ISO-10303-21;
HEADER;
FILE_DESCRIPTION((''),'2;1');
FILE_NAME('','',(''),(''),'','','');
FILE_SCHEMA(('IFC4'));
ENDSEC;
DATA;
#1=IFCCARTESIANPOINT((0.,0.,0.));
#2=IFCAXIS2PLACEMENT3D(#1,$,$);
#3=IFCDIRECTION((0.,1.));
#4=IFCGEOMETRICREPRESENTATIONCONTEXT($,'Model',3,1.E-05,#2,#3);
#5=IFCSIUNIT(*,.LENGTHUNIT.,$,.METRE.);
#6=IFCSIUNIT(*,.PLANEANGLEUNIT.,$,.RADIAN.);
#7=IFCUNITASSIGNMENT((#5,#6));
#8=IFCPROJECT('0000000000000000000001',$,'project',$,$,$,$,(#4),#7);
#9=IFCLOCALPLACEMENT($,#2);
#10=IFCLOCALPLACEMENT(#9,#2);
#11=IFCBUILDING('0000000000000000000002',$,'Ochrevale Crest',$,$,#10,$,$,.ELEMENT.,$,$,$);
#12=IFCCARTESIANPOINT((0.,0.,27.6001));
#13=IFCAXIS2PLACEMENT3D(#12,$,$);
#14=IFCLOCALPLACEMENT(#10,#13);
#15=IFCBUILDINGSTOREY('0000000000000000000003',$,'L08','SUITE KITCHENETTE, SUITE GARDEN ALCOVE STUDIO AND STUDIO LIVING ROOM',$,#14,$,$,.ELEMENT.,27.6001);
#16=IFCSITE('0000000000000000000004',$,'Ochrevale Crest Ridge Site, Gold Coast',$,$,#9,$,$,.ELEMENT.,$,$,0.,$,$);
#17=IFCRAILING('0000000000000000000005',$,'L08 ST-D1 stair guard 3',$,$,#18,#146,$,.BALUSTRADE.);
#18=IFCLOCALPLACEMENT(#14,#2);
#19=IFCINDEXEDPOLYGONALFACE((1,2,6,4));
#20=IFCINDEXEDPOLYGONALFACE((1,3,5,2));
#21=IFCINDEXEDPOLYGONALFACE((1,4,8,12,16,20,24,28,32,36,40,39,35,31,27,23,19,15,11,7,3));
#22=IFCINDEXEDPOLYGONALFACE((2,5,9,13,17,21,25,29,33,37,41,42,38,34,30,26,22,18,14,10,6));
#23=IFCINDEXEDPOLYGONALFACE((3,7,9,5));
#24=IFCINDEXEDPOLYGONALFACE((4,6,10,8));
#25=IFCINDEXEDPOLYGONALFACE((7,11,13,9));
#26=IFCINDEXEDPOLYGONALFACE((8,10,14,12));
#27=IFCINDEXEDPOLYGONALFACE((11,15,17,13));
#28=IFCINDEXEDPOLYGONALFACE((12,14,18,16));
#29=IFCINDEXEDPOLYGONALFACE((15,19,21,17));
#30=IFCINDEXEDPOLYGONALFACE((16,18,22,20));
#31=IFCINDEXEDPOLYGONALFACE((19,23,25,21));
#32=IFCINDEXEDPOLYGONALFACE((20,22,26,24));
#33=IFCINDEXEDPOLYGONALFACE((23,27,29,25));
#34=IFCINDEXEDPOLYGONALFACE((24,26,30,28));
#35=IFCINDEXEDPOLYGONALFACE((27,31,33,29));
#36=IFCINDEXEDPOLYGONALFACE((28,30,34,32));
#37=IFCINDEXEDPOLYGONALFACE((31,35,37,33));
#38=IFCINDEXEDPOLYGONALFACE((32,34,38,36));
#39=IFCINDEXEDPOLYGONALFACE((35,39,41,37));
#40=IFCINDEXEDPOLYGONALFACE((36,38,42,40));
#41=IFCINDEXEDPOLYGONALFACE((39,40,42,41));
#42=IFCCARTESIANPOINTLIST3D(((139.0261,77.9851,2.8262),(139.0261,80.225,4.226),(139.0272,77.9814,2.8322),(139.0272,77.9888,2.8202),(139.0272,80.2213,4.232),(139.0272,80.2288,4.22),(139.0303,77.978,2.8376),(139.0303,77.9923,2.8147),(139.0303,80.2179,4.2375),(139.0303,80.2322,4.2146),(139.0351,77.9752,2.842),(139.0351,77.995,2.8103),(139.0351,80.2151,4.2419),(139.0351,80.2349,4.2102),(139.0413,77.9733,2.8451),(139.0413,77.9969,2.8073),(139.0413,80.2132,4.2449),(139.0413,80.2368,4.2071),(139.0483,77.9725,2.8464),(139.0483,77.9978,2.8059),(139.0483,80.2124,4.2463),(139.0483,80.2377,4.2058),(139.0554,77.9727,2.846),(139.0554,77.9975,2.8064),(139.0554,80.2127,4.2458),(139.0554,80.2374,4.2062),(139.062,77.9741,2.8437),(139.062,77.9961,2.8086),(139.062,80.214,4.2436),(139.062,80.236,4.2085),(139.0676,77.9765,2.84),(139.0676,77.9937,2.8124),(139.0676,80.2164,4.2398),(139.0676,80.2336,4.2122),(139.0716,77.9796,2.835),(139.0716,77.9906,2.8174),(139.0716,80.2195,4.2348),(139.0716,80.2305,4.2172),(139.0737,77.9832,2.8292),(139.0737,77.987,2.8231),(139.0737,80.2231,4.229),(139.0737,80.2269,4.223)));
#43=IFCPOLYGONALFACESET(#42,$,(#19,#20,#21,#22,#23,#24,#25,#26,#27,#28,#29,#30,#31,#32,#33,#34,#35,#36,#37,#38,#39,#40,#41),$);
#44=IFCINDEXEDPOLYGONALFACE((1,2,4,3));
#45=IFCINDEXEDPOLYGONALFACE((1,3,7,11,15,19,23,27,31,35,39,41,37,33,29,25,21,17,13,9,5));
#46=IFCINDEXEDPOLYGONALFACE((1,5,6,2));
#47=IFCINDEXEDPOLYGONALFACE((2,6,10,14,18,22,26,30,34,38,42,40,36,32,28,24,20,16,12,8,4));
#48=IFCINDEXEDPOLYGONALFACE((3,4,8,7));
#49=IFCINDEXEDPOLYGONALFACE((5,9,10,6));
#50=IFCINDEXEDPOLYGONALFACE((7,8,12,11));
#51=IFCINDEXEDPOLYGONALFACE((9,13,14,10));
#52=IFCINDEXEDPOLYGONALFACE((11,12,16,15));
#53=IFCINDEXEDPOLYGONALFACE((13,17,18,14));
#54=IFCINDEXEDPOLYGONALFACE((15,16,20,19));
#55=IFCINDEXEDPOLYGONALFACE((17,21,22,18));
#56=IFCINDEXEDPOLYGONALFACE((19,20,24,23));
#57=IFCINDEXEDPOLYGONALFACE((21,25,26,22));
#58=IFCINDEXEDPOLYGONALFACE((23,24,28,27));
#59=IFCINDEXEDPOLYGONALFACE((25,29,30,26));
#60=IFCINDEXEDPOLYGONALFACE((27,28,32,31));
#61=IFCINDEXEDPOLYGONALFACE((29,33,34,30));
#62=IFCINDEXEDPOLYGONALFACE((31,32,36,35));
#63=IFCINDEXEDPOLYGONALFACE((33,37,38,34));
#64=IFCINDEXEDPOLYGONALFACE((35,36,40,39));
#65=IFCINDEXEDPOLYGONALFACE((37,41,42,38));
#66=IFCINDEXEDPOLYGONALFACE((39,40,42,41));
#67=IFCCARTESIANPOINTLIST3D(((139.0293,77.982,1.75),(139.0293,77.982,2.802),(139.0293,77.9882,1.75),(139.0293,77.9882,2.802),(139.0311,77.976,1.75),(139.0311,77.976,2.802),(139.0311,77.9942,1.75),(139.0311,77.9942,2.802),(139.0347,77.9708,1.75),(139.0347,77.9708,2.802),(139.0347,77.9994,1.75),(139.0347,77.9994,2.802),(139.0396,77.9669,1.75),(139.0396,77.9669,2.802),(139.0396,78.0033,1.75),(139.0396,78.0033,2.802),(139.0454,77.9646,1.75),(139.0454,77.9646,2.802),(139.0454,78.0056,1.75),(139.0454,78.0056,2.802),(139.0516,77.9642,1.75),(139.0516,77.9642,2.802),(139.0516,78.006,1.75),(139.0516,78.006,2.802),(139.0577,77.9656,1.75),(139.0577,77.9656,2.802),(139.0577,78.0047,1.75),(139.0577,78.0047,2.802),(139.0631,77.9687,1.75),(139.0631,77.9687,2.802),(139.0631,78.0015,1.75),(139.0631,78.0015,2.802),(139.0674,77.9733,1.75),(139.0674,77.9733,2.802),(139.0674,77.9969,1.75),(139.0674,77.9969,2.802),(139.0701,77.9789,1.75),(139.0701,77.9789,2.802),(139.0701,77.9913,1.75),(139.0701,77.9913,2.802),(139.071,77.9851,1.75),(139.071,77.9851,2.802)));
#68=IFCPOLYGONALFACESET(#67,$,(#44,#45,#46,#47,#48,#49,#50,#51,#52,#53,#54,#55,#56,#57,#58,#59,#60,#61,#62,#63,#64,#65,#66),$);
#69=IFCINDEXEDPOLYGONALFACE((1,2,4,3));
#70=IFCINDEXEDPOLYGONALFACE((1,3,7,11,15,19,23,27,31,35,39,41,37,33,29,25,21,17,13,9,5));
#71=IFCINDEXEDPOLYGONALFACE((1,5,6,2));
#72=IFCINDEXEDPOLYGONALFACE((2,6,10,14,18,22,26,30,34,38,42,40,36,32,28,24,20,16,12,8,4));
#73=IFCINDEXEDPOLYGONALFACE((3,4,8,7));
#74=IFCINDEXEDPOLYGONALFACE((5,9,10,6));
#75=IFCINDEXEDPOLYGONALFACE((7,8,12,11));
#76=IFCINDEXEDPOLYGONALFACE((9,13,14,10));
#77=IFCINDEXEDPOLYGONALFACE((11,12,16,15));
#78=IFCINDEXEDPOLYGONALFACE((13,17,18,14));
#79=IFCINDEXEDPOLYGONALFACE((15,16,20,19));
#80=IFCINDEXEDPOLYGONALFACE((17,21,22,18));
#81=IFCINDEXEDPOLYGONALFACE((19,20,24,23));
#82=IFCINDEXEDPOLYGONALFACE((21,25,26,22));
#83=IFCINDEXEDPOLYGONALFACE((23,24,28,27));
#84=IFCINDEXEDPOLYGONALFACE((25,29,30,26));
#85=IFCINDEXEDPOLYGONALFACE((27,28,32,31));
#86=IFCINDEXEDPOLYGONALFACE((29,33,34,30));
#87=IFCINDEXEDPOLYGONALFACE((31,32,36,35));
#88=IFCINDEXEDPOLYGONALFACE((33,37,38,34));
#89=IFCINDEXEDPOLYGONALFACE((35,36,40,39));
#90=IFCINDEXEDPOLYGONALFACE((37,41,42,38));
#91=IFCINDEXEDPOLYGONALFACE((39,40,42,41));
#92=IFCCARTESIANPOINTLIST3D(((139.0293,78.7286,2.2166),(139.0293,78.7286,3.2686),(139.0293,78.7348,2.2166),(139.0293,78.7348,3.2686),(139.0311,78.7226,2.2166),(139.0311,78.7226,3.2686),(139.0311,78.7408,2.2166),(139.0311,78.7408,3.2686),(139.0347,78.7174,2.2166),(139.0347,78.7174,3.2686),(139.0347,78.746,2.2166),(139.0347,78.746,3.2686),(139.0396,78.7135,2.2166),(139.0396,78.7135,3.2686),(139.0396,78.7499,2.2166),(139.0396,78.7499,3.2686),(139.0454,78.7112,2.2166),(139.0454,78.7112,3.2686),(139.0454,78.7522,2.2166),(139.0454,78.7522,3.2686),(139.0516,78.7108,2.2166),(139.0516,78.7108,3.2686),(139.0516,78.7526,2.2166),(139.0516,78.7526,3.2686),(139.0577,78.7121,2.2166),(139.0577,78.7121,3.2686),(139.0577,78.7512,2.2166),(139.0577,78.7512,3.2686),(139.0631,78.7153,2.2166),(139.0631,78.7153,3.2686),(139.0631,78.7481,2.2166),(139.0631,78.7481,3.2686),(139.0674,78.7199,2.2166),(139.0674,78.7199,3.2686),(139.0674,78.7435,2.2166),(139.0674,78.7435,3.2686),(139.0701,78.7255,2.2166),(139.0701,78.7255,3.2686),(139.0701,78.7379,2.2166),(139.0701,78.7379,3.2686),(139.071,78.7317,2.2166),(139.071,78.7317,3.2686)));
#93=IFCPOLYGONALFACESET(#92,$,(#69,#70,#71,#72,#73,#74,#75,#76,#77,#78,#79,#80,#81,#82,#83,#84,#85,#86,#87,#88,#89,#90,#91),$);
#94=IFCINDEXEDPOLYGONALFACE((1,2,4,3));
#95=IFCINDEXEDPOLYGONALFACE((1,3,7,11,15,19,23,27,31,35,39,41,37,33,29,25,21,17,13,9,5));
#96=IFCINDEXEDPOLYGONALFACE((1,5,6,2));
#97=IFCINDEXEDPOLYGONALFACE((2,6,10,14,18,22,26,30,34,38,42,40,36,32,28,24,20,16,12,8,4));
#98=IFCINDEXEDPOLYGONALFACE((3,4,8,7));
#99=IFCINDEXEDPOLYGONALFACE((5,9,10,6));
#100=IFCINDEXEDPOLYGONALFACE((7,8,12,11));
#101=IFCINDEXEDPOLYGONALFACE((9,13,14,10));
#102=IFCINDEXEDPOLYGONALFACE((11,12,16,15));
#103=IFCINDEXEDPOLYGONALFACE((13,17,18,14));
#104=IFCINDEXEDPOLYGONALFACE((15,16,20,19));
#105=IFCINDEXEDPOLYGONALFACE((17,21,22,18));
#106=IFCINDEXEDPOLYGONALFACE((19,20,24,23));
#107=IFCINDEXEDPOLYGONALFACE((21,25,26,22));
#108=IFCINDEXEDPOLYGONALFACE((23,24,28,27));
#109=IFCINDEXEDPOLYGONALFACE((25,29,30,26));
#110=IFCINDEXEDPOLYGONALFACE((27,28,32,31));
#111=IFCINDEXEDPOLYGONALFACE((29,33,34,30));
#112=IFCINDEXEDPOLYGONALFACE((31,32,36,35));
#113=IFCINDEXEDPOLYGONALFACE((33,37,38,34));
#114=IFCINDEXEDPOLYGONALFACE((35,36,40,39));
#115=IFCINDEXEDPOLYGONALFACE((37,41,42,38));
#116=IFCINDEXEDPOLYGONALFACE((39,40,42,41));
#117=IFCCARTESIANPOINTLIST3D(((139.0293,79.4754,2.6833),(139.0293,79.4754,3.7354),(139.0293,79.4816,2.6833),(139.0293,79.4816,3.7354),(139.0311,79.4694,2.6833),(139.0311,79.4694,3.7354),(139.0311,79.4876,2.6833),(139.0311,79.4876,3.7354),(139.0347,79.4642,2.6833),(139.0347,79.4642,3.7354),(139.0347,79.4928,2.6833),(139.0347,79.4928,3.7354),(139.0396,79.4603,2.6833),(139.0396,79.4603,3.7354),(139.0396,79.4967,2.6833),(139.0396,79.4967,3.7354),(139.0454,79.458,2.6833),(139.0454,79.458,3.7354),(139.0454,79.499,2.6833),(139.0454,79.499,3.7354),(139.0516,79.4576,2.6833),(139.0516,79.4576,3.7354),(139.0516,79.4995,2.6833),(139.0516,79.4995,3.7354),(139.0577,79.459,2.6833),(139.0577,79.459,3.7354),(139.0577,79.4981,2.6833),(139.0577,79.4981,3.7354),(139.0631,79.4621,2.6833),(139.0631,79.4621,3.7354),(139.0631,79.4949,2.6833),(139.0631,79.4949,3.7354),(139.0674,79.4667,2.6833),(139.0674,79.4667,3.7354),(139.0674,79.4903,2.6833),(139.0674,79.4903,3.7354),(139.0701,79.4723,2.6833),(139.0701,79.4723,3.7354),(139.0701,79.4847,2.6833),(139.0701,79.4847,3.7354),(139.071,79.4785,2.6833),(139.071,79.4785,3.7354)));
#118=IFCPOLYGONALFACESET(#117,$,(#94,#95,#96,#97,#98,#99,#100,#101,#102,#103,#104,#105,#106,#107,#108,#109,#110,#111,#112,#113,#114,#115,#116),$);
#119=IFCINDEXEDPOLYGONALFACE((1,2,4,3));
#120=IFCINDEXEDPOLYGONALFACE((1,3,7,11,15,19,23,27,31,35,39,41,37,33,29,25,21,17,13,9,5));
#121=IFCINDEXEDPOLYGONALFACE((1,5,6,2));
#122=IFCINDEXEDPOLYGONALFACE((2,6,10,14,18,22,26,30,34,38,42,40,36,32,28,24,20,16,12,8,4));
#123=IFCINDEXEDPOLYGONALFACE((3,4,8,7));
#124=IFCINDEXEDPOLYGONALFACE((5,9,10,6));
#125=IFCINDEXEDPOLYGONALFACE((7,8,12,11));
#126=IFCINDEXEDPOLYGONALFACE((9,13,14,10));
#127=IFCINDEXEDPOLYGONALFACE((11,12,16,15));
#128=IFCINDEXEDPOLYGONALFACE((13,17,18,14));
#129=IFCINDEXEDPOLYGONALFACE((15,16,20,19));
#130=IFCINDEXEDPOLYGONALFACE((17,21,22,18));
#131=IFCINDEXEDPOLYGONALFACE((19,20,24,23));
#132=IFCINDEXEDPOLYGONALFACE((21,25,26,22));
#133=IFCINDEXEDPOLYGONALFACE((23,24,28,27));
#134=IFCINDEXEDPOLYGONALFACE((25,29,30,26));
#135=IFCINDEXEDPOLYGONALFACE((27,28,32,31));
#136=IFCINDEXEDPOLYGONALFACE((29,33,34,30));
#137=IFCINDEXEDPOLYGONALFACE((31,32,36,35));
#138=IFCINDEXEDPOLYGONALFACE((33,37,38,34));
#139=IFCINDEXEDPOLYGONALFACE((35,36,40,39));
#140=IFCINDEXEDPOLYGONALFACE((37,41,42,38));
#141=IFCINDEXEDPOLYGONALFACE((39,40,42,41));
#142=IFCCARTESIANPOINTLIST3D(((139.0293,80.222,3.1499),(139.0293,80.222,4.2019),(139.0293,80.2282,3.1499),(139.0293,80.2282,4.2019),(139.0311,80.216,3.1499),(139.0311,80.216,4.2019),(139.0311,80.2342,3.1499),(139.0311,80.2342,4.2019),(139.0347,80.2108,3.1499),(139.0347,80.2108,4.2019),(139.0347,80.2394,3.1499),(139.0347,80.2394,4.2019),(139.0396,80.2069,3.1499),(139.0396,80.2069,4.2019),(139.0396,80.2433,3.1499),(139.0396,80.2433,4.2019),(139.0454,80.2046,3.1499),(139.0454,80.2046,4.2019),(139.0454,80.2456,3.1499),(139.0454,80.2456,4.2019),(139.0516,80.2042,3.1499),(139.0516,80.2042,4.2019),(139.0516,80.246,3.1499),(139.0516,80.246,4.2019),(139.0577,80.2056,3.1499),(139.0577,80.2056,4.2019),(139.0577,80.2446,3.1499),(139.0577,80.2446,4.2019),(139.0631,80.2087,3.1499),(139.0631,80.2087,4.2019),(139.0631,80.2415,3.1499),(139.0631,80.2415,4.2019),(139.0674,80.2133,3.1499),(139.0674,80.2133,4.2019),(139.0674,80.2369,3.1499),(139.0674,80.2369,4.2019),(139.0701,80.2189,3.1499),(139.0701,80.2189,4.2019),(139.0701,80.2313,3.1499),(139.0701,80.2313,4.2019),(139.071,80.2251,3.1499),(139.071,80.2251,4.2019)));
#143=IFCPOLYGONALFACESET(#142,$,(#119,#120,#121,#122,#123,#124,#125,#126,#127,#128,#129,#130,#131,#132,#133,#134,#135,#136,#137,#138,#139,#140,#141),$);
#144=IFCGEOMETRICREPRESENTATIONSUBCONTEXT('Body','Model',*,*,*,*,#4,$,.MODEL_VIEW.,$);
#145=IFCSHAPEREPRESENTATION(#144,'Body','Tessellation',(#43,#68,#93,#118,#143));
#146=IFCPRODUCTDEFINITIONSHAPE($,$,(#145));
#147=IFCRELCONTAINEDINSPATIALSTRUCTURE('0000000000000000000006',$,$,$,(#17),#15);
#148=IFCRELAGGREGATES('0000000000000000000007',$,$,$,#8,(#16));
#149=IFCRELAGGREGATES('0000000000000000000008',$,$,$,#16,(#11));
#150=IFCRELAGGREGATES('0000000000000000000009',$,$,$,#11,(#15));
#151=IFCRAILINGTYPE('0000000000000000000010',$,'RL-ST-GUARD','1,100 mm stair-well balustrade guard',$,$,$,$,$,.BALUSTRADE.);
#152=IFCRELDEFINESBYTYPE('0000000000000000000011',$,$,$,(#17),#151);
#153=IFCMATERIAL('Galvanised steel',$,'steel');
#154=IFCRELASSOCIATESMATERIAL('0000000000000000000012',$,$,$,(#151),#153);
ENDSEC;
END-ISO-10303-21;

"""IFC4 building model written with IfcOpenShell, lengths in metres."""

from ifc_helpers import new_model, si_unit, direction, frame, origin, origin_2d, place, context, subcontext, project, spatial, circle, extrude, material, type_object, element, save


model = new_model("IFC4")

# Units and contexts
model_context = context("Model", 3, precision=1e-05, world=origin(), true_north=direction((0.0, 1.0)))
body_context = subcontext(model_context, "Body", "Model", "MODEL_VIEW")
ifc_project = project(units=[si_unit("LENGTHUNIT", "METRE"), si_unit("PLANEANGLEUNIT", "RADIAN")], contexts=[model_context])

# Site, building, storey
site_placement = place(None, origin())
site = spatial("IfcSite", under=ifc_project, at=site_placement, Name="Ochrevale Crest Ridge Site, Gold Coast", CompositionType="ELEMENT", RefElevation=0.0)
building_placement = place(site_placement, origin())
building = spatial("IfcBuilding", under=site, at=building_placement, Name="Ochrevale Crest", CompositionType="ELEMENT")
storey_placement = place(building_placement, frame((0.0, 0.0, 27.6001)))
storey = spatial("IfcBuildingStorey", under=building, at=storey_placement, Name="L08", Description="SUITE KITCHENETTE, SUITE GARDEN ALCOVE STUDIO AND STUDIO LIVING ROOM", CompositionType="ELEMENT", Elevation=27.6001)

# Railing
ifc_material_1 = material(Name="Galvanised steel", Category="steel")
railing_type_1 = type_object("IfcRailingType", Name="RL-ST-GUARD", Description="1,100 mm stair-well balustrade guard", PredefinedType="BALUSTRADE", material=ifc_material_1)
railing_1_placement = place(storey_placement, frame((139.05, 77.9851, 1.75)))
element("IfcRailing", 1, at=railing_1_placement, inside=storey, type_object=railing_type_1, Name="L08 ST-D1 stair guard 3", PredefinedType="BALUSTRADE", context=body_context, shape_type="SweptSolid", body=[
    extrude(circle(Radius=0.0239, at=origin_2d()), frame((0.0, 0.0, 1.0762), z_axis=(0.0, 0.848014, 0.529974), x_axis=(-1.0, 0.0, 0.0)), (0.0, 0.0, 1.0), 2.6414),
    extrude(circle(Radius=0.021, at=origin_2d()), origin(), (0.0, 0.0, 1.0), 1.052),
    extrude(circle(Radius=0.021, at=origin_2d()), frame((0.0, 0.7466, 0.4666)), (0.0, 0.0, 1.0), 1.052),
    extrude(circle(Radius=0.021, at=origin_2d()), frame((0.0, 1.4934, 0.9333)), (0.0, 0.0, 1.0), 1.052),
    extrude(circle(Radius=0.021, at=origin_2d()), frame((0.0, 2.24, 1.3999)), (0.0, 0.0, 1.0), 1.052),
])

save(model, "model.ifc")
